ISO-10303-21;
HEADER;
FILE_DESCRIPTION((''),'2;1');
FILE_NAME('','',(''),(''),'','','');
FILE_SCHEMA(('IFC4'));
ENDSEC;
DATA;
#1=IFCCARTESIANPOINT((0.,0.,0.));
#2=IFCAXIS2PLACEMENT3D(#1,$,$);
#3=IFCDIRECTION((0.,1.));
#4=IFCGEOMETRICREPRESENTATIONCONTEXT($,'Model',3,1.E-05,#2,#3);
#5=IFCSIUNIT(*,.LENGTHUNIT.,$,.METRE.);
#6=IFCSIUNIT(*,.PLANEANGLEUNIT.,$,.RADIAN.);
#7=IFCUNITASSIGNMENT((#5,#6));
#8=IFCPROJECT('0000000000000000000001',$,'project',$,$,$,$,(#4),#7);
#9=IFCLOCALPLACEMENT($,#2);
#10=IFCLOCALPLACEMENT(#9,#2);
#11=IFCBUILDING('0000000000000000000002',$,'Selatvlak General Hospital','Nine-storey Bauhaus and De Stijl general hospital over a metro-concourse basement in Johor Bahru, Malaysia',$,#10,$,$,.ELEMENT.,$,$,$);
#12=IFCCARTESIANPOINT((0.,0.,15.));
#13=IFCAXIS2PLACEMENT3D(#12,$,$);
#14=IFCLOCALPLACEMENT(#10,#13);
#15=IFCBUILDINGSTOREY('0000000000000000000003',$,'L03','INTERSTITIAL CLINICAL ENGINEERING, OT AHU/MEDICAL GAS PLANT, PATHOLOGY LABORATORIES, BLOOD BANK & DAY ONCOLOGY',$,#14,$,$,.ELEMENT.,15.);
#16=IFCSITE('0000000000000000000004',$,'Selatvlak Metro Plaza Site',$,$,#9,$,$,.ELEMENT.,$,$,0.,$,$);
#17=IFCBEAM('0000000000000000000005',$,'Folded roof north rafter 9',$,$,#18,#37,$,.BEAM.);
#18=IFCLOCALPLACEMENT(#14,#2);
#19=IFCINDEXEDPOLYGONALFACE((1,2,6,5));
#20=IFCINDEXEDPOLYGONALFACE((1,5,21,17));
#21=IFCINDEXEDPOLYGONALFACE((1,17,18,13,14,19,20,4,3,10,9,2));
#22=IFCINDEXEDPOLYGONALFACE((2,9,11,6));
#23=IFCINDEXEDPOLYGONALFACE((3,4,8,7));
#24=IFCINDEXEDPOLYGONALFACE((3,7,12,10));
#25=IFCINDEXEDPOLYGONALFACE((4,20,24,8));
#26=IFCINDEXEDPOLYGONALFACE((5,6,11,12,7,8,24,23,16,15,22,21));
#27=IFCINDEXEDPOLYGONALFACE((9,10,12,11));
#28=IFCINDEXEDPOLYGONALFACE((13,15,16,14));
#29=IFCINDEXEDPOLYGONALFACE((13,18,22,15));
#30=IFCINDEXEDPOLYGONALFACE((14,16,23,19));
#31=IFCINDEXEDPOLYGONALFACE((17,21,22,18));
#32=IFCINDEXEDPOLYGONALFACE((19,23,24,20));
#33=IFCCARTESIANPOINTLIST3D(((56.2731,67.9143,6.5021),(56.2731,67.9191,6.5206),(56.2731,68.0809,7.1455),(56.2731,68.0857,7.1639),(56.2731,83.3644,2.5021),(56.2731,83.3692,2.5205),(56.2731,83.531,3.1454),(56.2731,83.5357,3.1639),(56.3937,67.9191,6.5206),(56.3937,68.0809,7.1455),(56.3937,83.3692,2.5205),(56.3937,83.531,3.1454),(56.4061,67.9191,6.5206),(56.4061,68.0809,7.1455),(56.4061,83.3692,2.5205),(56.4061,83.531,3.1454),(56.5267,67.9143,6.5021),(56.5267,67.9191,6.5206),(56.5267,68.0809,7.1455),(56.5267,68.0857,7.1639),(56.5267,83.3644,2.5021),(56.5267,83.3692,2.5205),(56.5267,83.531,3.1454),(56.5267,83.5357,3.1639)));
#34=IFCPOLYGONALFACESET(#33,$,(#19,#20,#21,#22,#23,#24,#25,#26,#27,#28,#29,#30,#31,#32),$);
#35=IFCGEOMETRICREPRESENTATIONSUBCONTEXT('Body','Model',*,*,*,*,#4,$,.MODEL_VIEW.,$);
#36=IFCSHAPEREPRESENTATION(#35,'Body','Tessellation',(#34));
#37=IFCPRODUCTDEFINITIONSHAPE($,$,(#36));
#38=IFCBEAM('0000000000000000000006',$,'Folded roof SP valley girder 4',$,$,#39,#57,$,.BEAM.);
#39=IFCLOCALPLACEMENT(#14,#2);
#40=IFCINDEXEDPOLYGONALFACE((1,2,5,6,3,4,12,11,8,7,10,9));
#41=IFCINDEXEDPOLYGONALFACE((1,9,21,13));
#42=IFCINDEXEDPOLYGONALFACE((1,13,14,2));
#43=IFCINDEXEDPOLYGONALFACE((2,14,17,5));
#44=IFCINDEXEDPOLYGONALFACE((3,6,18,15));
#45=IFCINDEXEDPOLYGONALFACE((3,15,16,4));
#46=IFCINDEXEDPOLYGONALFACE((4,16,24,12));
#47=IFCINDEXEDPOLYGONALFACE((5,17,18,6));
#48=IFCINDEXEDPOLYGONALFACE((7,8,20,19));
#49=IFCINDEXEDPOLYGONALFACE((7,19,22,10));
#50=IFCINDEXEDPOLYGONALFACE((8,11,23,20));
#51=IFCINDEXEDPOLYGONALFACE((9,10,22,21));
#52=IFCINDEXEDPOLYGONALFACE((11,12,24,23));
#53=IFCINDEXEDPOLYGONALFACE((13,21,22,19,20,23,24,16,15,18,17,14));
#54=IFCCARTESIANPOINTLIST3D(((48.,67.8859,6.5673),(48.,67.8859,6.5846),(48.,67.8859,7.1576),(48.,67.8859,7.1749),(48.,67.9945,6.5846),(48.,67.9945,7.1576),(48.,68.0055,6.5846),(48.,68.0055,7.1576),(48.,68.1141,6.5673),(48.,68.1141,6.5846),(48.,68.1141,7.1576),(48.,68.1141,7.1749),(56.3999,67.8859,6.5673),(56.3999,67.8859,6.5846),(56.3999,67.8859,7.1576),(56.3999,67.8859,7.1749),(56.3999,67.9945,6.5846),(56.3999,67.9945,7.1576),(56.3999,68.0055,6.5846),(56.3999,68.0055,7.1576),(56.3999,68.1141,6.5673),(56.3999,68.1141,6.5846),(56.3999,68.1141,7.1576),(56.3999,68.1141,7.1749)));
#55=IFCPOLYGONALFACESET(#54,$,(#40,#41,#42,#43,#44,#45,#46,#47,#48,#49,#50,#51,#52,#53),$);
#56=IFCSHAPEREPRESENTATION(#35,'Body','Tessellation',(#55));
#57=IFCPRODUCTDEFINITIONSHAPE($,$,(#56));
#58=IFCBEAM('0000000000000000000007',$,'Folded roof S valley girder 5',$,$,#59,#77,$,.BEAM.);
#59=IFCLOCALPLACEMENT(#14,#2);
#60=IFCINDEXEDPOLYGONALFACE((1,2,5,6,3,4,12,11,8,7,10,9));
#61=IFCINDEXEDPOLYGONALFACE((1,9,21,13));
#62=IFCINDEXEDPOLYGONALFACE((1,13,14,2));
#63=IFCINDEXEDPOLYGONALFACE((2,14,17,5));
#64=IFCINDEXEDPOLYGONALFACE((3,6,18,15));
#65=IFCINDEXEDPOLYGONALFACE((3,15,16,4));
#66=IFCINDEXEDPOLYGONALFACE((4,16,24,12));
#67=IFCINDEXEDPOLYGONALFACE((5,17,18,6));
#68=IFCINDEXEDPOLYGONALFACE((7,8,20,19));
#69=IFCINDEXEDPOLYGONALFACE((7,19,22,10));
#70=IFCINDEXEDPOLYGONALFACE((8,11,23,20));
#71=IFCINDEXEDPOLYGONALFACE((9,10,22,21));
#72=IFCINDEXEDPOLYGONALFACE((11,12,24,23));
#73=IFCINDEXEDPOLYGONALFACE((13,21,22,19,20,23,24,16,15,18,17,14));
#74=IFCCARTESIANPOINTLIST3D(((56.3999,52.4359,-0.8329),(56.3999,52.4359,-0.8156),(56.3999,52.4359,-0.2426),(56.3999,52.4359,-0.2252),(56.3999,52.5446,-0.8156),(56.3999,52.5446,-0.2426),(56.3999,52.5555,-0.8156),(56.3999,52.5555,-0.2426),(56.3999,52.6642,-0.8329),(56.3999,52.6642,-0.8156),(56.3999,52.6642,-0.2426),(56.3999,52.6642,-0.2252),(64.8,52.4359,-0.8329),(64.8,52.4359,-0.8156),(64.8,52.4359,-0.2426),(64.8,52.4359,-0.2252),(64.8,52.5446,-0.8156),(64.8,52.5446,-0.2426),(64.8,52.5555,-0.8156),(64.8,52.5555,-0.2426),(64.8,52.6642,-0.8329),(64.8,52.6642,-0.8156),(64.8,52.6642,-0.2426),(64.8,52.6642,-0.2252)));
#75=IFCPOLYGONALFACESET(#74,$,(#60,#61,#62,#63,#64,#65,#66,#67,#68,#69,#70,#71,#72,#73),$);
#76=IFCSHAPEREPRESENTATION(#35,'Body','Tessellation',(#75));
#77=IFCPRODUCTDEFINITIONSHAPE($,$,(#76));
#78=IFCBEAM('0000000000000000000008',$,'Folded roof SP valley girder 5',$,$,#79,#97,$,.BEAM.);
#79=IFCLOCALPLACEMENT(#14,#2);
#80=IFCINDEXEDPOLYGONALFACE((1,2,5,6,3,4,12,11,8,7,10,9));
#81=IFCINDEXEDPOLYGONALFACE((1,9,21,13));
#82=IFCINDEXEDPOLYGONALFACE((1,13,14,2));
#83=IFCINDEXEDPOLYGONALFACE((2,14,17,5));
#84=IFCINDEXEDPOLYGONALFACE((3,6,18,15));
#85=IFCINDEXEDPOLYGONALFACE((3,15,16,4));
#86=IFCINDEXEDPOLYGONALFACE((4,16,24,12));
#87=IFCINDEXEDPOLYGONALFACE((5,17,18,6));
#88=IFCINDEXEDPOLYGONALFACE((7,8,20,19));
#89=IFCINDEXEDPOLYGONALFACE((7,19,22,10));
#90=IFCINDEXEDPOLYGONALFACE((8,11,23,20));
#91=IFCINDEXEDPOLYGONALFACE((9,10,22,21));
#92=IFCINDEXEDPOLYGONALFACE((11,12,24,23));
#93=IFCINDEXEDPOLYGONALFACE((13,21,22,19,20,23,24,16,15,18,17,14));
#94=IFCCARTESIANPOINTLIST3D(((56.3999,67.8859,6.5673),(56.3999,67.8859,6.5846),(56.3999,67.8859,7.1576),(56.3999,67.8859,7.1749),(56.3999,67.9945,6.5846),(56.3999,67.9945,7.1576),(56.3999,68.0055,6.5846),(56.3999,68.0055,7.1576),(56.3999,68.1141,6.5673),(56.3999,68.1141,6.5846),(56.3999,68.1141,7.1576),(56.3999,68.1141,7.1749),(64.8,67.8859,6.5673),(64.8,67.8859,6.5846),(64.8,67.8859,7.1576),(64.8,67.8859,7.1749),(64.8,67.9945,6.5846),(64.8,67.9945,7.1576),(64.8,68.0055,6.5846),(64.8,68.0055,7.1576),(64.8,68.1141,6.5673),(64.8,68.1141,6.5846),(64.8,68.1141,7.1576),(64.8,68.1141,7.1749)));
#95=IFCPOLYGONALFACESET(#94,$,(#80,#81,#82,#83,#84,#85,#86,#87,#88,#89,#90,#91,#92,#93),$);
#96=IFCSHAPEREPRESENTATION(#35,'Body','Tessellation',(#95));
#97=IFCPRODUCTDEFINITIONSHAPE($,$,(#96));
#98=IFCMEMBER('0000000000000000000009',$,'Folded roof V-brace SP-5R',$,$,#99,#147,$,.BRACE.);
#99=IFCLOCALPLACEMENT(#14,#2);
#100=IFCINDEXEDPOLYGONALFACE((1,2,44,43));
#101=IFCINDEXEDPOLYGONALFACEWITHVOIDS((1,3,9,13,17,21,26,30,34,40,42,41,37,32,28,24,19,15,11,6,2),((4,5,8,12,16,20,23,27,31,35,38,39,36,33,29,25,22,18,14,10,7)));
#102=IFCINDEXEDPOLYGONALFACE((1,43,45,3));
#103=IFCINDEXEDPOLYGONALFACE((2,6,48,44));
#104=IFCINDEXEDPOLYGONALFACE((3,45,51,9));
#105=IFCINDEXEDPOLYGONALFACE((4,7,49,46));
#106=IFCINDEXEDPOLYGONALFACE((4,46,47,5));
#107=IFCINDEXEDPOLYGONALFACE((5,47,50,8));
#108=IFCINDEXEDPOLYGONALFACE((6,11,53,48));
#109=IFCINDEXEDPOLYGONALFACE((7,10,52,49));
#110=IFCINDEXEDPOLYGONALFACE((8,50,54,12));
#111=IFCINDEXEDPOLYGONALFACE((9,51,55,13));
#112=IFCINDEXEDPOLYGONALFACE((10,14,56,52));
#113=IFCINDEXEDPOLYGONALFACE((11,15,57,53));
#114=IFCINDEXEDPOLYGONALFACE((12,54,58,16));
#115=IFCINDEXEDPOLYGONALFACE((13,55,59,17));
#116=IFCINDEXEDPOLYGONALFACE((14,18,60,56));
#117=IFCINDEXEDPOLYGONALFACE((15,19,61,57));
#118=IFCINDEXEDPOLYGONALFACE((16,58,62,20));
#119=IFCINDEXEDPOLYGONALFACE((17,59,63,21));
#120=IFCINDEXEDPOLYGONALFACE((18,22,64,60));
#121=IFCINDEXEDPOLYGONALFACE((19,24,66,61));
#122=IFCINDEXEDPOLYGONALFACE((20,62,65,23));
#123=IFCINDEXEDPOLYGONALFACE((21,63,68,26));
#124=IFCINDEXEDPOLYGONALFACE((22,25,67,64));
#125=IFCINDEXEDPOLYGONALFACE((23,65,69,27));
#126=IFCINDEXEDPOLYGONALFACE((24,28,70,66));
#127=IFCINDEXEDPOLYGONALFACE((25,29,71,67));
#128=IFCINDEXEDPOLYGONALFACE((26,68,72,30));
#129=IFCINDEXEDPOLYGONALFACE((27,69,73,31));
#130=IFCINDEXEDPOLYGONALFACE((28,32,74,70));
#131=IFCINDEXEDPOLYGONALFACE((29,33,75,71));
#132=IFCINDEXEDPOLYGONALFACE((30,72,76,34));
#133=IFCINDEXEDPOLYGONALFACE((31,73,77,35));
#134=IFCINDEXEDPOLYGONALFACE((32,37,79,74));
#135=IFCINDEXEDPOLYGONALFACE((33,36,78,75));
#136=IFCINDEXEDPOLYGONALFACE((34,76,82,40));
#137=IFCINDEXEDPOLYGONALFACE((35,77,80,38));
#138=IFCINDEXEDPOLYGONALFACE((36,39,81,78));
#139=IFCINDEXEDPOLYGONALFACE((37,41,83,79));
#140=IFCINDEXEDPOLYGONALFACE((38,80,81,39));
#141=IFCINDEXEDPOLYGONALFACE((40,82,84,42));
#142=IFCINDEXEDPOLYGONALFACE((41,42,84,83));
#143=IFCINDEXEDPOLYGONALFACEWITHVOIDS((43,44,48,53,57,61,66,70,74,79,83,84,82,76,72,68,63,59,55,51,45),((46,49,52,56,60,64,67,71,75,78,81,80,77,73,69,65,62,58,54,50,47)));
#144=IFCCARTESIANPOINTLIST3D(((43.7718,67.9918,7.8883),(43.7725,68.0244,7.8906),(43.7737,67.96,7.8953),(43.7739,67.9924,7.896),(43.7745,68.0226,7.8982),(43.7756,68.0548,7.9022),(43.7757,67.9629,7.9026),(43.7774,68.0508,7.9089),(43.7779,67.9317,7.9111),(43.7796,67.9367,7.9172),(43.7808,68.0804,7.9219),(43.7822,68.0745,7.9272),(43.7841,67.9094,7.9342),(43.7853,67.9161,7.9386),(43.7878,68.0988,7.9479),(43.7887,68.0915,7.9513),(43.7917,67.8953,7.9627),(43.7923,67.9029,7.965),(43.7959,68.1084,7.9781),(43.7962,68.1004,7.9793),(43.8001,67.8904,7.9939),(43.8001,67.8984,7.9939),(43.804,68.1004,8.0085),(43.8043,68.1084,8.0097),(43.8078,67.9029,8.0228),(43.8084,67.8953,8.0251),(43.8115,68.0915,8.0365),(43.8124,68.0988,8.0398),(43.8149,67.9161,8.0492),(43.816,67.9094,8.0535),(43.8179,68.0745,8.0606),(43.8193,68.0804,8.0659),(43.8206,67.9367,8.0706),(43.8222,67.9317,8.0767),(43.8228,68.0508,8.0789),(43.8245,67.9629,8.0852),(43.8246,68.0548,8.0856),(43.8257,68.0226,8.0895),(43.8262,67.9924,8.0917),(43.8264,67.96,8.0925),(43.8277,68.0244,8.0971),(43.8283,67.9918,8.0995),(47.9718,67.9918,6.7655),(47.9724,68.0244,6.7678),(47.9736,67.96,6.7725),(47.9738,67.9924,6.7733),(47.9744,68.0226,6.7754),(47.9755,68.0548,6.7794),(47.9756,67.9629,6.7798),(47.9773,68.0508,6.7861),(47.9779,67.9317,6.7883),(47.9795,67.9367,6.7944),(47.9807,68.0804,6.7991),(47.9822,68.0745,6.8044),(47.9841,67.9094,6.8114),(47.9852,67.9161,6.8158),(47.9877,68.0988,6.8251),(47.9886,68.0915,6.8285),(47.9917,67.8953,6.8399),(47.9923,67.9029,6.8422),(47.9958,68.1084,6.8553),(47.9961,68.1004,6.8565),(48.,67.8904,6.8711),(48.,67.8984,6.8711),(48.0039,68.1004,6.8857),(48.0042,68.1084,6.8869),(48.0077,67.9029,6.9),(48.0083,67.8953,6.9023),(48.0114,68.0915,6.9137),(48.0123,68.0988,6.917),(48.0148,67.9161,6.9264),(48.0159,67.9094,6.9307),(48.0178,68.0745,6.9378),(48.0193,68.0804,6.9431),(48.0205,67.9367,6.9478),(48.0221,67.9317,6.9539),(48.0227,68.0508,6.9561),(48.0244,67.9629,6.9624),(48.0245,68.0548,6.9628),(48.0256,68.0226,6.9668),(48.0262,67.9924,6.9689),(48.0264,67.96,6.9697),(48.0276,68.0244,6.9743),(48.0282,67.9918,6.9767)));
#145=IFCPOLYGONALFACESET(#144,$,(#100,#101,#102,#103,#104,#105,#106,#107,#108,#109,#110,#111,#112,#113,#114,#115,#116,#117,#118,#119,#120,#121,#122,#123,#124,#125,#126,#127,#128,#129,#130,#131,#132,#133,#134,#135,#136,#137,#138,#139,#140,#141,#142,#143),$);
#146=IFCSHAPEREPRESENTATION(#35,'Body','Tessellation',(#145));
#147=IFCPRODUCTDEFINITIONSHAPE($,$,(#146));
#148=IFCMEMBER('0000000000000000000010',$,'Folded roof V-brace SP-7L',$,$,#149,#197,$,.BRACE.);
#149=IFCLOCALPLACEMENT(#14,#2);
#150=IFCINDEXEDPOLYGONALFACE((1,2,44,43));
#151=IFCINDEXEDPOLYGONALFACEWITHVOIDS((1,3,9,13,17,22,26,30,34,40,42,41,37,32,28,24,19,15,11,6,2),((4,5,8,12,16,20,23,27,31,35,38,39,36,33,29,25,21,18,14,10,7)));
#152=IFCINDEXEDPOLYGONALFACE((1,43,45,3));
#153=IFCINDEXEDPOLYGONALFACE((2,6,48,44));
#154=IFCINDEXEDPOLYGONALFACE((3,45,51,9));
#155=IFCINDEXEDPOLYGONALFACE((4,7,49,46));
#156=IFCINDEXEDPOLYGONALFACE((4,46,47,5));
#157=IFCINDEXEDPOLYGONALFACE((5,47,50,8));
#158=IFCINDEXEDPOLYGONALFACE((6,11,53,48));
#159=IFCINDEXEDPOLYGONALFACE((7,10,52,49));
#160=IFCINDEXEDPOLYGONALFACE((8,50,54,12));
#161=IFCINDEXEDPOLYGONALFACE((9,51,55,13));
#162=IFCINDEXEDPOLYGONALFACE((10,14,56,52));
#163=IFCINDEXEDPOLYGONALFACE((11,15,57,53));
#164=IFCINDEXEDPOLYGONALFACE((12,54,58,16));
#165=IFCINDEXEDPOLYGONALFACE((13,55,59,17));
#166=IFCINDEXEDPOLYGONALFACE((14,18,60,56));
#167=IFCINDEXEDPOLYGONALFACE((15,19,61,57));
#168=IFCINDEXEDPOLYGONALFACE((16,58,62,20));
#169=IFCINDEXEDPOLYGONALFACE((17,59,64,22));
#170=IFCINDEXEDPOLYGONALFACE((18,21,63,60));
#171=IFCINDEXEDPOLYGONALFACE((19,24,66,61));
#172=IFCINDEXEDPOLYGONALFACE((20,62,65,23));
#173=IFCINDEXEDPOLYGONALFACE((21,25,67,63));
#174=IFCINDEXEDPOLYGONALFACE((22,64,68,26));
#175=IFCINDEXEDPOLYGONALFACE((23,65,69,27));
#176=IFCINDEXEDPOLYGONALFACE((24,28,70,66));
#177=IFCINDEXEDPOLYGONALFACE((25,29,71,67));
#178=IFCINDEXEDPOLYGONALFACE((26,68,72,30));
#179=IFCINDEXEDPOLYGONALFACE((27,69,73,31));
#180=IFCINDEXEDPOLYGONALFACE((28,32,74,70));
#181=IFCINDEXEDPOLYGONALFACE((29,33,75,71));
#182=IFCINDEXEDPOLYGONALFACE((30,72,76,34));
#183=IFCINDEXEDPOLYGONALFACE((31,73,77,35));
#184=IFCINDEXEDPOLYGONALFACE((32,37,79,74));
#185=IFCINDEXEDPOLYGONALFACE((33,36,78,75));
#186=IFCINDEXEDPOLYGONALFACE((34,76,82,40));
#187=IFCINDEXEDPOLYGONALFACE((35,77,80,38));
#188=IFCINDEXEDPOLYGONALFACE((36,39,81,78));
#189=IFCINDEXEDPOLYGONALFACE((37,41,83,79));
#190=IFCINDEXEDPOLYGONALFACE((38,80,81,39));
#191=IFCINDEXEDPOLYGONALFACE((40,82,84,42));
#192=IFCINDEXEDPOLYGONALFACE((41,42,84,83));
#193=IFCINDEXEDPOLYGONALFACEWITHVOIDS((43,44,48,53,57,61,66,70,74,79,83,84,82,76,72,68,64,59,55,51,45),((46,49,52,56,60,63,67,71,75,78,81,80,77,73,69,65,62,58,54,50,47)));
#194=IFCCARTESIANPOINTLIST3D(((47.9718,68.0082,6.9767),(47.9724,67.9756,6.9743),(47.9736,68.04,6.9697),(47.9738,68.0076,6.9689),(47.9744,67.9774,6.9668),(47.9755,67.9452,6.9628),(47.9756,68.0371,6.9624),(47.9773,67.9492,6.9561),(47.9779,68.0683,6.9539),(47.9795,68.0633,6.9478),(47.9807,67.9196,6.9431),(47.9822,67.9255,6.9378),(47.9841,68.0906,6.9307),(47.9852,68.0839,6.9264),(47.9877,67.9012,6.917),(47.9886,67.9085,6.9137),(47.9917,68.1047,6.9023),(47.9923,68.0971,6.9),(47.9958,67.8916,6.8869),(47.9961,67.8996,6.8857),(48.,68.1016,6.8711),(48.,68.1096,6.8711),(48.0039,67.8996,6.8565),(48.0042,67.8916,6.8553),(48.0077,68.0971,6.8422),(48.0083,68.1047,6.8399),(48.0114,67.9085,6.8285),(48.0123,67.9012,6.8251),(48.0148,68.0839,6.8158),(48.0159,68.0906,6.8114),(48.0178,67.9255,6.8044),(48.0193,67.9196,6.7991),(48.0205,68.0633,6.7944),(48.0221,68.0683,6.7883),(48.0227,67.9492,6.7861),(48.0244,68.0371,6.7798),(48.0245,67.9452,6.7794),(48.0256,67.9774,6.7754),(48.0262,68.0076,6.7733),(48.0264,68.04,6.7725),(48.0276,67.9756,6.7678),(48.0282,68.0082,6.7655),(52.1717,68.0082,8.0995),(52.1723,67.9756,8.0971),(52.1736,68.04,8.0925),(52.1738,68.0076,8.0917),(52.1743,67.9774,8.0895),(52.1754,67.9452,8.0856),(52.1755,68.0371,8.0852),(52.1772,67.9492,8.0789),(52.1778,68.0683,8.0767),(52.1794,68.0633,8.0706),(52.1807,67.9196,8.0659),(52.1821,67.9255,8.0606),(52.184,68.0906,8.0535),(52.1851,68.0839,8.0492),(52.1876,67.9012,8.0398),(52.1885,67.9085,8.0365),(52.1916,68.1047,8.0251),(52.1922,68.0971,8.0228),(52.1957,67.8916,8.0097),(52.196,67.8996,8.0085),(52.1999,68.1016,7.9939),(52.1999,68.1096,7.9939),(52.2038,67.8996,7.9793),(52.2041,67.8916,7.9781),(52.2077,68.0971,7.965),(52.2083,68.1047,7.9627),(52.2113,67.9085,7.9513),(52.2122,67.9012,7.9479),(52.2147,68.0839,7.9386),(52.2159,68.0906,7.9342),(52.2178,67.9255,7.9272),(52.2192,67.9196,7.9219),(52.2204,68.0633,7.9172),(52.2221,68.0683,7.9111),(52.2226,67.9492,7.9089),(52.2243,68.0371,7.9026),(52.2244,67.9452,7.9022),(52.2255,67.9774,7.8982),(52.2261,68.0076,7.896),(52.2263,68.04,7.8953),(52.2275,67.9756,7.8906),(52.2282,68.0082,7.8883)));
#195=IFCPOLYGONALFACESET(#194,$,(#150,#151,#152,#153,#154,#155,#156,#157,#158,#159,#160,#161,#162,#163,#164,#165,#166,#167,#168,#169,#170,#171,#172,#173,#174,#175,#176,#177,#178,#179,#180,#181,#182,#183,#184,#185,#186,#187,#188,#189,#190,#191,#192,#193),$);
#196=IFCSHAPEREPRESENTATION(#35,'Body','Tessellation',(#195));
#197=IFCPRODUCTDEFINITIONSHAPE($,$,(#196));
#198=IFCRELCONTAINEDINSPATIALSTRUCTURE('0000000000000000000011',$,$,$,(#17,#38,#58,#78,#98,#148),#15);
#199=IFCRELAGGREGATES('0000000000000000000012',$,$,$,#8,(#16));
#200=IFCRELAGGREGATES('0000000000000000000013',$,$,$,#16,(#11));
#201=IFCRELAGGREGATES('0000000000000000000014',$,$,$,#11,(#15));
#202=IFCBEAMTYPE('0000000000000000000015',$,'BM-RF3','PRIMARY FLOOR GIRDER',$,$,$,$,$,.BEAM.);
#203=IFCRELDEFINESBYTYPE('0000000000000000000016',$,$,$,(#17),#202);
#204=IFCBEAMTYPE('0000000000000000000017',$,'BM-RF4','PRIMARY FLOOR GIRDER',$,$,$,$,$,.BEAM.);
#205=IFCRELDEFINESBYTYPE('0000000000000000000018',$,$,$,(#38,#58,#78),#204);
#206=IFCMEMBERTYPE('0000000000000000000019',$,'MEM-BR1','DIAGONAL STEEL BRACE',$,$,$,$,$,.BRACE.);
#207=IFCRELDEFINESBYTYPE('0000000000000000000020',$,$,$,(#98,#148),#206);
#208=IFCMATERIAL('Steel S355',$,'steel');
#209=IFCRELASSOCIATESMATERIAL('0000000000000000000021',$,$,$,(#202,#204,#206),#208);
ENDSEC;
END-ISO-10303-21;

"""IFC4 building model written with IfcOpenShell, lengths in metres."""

from ifc_helpers import new_model, si_unit, direction, frame, origin, origin_2d, place, context, subcontext, project, spatial, hollow_circle, i_section, extrude, material, material_profile, profile_set, type_object, element, save


model = new_model("IFC4")

# Units and contexts
model_context = context("Model", 3, precision=1e-05, world=origin(), true_north=direction((0.0, 1.0)))
body_context = subcontext(model_context, "Body", "Model", "MODEL_VIEW")
ifc_project = project(units=[si_unit("LENGTHUNIT", "METRE"), si_unit("PLANEANGLEUNIT", "RADIAN")], contexts=[model_context])

# Site, building, storey
site_placement = place(None, origin())
site = spatial("IfcSite", under=ifc_project, at=site_placement, Name="Selatvlak Metro Plaza Site", CompositionType="ELEMENT", RefElevation=0.0)
building_placement = place(site_placement, origin())
building = spatial("IfcBuilding", under=site, at=building_placement, Name="Selatvlak General Hospital", Description="Nine-storey Bauhaus and De Stijl general hospital over a metro-concourse basement in Johor Bahru, Malaysia", CompositionType="ELEMENT")
storey_placement = place(building_placement, frame((0.0, 0.0, 15.0)))
storey = spatial("IfcBuildingStorey", under=building, at=storey_placement, Name="L03", Description="INTERSTITIAL CLINICAL ENGINEERING, OT AHU/MEDICAL GAS PLANT, PATHOLOGY LABORATORIES, BLOOD BANK & DAY ONCOLOGY", CompositionType="ELEMENT", Elevation=15.0)

# Shared definitions
ifc_material = material(Name="Steel S355", Category="steel")

# Beams
ifc_material_profile_1 = material_profile(ifc_material, i_section(OverallWidth=0.2537, OverallDepth=0.6836, WebThickness=0.0125, FlangeThickness=0.019, at=origin_2d()), Name="UB 686x254x140")
ifc_profile_set_1 = profile_set([ifc_material_profile_1], Name="Steel S355")
beam_type_1 = type_object("IfcBeamType", Name="BM-RF3", Description="PRIMARY FLOOR GIRDER", PredefinedType="BEAM", material=ifc_profile_set_1)
for number, where, z_axis, x_axis, name in (
    (1, (56.3999, 68.0, 6.833), (0.0, 0.968081, -0.250637), (-1.0, 0.0, 0.0), "Folded roof north rafter 9"),
):
    element("IfcBeam", number, at=place(storey_placement, frame(where, z_axis=z_axis, x_axis=x_axis)), inside=storey, type_object=beam_type_1, Name=name, PredefinedType="BEAM", context=body_context, shape_type="SweptSolid", body=[
        extrude(i_section(OverallWidth=0.2537, OverallDepth=0.6836, WebThickness=0.0125, FlangeThickness=0.019, at=origin_2d()), origin(), (0.0, 0.0, 1.0), 15.9595),
    ])
ifc_material_profile_2 = material_profile(ifc_material, i_section(OverallWidth=0.2283, OverallDepth=0.6077, WebThickness=0.011, FlangeThickness=0.0173, at=origin_2d()), Name="UB 610x229x113")
ifc_profile_set_2 = profile_set([ifc_material_profile_2], Name="Steel S355")
beam_type_2 = type_object("IfcBeamType", Name="BM-RF4", Description="PRIMARY FLOOR GIRDER", PredefinedType="BEAM", material=ifc_profile_set_2)
beam_1_placement = place(storey_placement, frame((48.0, 68.0, 6.8711), z_axis=(1.0, 0.0, 0.0), x_axis=(0.0, 1.0, 0.0)))
element("IfcBeam", 2, at=beam_1_placement, inside=storey, type_object=beam_type_2, Name="Folded roof SP valley girder 4", PredefinedType="BEAM", context=body_context, shape_type="SweptSolid", body=[
    extrude(i_section(OverallWidth=0.2283, OverallDepth=0.6077, WebThickness=0.011, FlangeThickness=0.0173, at=origin_2d()), origin(), (0.0, 0.0, 1.0), 8.3999),
])
for number, where, z_axis, x_axis, name in (
    (3, (56.3999, 52.55, -0.5291), (1.0, 0.0, 0.0), (0.0, 1.0, 0.0), "Folded roof S valley girder 5"),
    (4, (56.3999, 68.0, 6.8711), (1.0, 0.0, 0.0), (0.0, 1.0, 0.0), "Folded roof SP valley girder 5"),
):
    element("IfcBeam", number, at=place(storey_placement, frame(where, z_axis=z_axis, x_axis=x_axis)), inside=storey, type_object=beam_type_2, Name=name, PredefinedType="BEAM", context=body_context, shape_type="SweptSolid", body=[
        extrude(i_section(OverallWidth=0.2283, OverallDepth=0.6077, WebThickness=0.011, FlangeThickness=0.0173, at=origin_2d()), origin(), (0.0, 0.0, 1.0), 8.4001),
    ])

# Members
ifc_material_profile_3 = material_profile(ifc_material, hollow_circle(Radius=0.1096, WallThickness=0.0081, at=origin_2d()), Name="CHS 219.1x8")
ifc_profile_set_3 = profile_set([ifc_material_profile_3], Name="Steel S355")
member_type_1 = type_object("IfcMemberType", Name="MEM-BR1", Description="DIAGONAL STEEL BRACE", PredefinedType="BRACE", material=ifc_profile_set_3)
for number, where, z_axis, x_axis, name in (
    (5, (48.0, 68.0, 6.8711), (-0.966074, 0.0, 0.258267), (0.0, -1.0, 0.0), "Folded roof V-brace SP-5R"),
    (6, (48.0, 68.0, 6.8711), (0.966074, 0.0, 0.258267), (0.0, 1.0, 0.0), "Folded roof V-brace SP-7L"),
):
    element("IfcMember", number, at=place(storey_placement, frame(where, z_axis=z_axis, x_axis=x_axis)), inside=storey, type_object=member_type_1, Name=name, PredefinedType="BRACE", context=body_context, shape_type="SweptSolid", body=[
        extrude(hollow_circle(Radius=0.1096, WallThickness=0.0081, at=origin_2d()), origin(), (0.0, 0.0, 1.0), 4.3474),
    ])

save(model, "model.ifc")
